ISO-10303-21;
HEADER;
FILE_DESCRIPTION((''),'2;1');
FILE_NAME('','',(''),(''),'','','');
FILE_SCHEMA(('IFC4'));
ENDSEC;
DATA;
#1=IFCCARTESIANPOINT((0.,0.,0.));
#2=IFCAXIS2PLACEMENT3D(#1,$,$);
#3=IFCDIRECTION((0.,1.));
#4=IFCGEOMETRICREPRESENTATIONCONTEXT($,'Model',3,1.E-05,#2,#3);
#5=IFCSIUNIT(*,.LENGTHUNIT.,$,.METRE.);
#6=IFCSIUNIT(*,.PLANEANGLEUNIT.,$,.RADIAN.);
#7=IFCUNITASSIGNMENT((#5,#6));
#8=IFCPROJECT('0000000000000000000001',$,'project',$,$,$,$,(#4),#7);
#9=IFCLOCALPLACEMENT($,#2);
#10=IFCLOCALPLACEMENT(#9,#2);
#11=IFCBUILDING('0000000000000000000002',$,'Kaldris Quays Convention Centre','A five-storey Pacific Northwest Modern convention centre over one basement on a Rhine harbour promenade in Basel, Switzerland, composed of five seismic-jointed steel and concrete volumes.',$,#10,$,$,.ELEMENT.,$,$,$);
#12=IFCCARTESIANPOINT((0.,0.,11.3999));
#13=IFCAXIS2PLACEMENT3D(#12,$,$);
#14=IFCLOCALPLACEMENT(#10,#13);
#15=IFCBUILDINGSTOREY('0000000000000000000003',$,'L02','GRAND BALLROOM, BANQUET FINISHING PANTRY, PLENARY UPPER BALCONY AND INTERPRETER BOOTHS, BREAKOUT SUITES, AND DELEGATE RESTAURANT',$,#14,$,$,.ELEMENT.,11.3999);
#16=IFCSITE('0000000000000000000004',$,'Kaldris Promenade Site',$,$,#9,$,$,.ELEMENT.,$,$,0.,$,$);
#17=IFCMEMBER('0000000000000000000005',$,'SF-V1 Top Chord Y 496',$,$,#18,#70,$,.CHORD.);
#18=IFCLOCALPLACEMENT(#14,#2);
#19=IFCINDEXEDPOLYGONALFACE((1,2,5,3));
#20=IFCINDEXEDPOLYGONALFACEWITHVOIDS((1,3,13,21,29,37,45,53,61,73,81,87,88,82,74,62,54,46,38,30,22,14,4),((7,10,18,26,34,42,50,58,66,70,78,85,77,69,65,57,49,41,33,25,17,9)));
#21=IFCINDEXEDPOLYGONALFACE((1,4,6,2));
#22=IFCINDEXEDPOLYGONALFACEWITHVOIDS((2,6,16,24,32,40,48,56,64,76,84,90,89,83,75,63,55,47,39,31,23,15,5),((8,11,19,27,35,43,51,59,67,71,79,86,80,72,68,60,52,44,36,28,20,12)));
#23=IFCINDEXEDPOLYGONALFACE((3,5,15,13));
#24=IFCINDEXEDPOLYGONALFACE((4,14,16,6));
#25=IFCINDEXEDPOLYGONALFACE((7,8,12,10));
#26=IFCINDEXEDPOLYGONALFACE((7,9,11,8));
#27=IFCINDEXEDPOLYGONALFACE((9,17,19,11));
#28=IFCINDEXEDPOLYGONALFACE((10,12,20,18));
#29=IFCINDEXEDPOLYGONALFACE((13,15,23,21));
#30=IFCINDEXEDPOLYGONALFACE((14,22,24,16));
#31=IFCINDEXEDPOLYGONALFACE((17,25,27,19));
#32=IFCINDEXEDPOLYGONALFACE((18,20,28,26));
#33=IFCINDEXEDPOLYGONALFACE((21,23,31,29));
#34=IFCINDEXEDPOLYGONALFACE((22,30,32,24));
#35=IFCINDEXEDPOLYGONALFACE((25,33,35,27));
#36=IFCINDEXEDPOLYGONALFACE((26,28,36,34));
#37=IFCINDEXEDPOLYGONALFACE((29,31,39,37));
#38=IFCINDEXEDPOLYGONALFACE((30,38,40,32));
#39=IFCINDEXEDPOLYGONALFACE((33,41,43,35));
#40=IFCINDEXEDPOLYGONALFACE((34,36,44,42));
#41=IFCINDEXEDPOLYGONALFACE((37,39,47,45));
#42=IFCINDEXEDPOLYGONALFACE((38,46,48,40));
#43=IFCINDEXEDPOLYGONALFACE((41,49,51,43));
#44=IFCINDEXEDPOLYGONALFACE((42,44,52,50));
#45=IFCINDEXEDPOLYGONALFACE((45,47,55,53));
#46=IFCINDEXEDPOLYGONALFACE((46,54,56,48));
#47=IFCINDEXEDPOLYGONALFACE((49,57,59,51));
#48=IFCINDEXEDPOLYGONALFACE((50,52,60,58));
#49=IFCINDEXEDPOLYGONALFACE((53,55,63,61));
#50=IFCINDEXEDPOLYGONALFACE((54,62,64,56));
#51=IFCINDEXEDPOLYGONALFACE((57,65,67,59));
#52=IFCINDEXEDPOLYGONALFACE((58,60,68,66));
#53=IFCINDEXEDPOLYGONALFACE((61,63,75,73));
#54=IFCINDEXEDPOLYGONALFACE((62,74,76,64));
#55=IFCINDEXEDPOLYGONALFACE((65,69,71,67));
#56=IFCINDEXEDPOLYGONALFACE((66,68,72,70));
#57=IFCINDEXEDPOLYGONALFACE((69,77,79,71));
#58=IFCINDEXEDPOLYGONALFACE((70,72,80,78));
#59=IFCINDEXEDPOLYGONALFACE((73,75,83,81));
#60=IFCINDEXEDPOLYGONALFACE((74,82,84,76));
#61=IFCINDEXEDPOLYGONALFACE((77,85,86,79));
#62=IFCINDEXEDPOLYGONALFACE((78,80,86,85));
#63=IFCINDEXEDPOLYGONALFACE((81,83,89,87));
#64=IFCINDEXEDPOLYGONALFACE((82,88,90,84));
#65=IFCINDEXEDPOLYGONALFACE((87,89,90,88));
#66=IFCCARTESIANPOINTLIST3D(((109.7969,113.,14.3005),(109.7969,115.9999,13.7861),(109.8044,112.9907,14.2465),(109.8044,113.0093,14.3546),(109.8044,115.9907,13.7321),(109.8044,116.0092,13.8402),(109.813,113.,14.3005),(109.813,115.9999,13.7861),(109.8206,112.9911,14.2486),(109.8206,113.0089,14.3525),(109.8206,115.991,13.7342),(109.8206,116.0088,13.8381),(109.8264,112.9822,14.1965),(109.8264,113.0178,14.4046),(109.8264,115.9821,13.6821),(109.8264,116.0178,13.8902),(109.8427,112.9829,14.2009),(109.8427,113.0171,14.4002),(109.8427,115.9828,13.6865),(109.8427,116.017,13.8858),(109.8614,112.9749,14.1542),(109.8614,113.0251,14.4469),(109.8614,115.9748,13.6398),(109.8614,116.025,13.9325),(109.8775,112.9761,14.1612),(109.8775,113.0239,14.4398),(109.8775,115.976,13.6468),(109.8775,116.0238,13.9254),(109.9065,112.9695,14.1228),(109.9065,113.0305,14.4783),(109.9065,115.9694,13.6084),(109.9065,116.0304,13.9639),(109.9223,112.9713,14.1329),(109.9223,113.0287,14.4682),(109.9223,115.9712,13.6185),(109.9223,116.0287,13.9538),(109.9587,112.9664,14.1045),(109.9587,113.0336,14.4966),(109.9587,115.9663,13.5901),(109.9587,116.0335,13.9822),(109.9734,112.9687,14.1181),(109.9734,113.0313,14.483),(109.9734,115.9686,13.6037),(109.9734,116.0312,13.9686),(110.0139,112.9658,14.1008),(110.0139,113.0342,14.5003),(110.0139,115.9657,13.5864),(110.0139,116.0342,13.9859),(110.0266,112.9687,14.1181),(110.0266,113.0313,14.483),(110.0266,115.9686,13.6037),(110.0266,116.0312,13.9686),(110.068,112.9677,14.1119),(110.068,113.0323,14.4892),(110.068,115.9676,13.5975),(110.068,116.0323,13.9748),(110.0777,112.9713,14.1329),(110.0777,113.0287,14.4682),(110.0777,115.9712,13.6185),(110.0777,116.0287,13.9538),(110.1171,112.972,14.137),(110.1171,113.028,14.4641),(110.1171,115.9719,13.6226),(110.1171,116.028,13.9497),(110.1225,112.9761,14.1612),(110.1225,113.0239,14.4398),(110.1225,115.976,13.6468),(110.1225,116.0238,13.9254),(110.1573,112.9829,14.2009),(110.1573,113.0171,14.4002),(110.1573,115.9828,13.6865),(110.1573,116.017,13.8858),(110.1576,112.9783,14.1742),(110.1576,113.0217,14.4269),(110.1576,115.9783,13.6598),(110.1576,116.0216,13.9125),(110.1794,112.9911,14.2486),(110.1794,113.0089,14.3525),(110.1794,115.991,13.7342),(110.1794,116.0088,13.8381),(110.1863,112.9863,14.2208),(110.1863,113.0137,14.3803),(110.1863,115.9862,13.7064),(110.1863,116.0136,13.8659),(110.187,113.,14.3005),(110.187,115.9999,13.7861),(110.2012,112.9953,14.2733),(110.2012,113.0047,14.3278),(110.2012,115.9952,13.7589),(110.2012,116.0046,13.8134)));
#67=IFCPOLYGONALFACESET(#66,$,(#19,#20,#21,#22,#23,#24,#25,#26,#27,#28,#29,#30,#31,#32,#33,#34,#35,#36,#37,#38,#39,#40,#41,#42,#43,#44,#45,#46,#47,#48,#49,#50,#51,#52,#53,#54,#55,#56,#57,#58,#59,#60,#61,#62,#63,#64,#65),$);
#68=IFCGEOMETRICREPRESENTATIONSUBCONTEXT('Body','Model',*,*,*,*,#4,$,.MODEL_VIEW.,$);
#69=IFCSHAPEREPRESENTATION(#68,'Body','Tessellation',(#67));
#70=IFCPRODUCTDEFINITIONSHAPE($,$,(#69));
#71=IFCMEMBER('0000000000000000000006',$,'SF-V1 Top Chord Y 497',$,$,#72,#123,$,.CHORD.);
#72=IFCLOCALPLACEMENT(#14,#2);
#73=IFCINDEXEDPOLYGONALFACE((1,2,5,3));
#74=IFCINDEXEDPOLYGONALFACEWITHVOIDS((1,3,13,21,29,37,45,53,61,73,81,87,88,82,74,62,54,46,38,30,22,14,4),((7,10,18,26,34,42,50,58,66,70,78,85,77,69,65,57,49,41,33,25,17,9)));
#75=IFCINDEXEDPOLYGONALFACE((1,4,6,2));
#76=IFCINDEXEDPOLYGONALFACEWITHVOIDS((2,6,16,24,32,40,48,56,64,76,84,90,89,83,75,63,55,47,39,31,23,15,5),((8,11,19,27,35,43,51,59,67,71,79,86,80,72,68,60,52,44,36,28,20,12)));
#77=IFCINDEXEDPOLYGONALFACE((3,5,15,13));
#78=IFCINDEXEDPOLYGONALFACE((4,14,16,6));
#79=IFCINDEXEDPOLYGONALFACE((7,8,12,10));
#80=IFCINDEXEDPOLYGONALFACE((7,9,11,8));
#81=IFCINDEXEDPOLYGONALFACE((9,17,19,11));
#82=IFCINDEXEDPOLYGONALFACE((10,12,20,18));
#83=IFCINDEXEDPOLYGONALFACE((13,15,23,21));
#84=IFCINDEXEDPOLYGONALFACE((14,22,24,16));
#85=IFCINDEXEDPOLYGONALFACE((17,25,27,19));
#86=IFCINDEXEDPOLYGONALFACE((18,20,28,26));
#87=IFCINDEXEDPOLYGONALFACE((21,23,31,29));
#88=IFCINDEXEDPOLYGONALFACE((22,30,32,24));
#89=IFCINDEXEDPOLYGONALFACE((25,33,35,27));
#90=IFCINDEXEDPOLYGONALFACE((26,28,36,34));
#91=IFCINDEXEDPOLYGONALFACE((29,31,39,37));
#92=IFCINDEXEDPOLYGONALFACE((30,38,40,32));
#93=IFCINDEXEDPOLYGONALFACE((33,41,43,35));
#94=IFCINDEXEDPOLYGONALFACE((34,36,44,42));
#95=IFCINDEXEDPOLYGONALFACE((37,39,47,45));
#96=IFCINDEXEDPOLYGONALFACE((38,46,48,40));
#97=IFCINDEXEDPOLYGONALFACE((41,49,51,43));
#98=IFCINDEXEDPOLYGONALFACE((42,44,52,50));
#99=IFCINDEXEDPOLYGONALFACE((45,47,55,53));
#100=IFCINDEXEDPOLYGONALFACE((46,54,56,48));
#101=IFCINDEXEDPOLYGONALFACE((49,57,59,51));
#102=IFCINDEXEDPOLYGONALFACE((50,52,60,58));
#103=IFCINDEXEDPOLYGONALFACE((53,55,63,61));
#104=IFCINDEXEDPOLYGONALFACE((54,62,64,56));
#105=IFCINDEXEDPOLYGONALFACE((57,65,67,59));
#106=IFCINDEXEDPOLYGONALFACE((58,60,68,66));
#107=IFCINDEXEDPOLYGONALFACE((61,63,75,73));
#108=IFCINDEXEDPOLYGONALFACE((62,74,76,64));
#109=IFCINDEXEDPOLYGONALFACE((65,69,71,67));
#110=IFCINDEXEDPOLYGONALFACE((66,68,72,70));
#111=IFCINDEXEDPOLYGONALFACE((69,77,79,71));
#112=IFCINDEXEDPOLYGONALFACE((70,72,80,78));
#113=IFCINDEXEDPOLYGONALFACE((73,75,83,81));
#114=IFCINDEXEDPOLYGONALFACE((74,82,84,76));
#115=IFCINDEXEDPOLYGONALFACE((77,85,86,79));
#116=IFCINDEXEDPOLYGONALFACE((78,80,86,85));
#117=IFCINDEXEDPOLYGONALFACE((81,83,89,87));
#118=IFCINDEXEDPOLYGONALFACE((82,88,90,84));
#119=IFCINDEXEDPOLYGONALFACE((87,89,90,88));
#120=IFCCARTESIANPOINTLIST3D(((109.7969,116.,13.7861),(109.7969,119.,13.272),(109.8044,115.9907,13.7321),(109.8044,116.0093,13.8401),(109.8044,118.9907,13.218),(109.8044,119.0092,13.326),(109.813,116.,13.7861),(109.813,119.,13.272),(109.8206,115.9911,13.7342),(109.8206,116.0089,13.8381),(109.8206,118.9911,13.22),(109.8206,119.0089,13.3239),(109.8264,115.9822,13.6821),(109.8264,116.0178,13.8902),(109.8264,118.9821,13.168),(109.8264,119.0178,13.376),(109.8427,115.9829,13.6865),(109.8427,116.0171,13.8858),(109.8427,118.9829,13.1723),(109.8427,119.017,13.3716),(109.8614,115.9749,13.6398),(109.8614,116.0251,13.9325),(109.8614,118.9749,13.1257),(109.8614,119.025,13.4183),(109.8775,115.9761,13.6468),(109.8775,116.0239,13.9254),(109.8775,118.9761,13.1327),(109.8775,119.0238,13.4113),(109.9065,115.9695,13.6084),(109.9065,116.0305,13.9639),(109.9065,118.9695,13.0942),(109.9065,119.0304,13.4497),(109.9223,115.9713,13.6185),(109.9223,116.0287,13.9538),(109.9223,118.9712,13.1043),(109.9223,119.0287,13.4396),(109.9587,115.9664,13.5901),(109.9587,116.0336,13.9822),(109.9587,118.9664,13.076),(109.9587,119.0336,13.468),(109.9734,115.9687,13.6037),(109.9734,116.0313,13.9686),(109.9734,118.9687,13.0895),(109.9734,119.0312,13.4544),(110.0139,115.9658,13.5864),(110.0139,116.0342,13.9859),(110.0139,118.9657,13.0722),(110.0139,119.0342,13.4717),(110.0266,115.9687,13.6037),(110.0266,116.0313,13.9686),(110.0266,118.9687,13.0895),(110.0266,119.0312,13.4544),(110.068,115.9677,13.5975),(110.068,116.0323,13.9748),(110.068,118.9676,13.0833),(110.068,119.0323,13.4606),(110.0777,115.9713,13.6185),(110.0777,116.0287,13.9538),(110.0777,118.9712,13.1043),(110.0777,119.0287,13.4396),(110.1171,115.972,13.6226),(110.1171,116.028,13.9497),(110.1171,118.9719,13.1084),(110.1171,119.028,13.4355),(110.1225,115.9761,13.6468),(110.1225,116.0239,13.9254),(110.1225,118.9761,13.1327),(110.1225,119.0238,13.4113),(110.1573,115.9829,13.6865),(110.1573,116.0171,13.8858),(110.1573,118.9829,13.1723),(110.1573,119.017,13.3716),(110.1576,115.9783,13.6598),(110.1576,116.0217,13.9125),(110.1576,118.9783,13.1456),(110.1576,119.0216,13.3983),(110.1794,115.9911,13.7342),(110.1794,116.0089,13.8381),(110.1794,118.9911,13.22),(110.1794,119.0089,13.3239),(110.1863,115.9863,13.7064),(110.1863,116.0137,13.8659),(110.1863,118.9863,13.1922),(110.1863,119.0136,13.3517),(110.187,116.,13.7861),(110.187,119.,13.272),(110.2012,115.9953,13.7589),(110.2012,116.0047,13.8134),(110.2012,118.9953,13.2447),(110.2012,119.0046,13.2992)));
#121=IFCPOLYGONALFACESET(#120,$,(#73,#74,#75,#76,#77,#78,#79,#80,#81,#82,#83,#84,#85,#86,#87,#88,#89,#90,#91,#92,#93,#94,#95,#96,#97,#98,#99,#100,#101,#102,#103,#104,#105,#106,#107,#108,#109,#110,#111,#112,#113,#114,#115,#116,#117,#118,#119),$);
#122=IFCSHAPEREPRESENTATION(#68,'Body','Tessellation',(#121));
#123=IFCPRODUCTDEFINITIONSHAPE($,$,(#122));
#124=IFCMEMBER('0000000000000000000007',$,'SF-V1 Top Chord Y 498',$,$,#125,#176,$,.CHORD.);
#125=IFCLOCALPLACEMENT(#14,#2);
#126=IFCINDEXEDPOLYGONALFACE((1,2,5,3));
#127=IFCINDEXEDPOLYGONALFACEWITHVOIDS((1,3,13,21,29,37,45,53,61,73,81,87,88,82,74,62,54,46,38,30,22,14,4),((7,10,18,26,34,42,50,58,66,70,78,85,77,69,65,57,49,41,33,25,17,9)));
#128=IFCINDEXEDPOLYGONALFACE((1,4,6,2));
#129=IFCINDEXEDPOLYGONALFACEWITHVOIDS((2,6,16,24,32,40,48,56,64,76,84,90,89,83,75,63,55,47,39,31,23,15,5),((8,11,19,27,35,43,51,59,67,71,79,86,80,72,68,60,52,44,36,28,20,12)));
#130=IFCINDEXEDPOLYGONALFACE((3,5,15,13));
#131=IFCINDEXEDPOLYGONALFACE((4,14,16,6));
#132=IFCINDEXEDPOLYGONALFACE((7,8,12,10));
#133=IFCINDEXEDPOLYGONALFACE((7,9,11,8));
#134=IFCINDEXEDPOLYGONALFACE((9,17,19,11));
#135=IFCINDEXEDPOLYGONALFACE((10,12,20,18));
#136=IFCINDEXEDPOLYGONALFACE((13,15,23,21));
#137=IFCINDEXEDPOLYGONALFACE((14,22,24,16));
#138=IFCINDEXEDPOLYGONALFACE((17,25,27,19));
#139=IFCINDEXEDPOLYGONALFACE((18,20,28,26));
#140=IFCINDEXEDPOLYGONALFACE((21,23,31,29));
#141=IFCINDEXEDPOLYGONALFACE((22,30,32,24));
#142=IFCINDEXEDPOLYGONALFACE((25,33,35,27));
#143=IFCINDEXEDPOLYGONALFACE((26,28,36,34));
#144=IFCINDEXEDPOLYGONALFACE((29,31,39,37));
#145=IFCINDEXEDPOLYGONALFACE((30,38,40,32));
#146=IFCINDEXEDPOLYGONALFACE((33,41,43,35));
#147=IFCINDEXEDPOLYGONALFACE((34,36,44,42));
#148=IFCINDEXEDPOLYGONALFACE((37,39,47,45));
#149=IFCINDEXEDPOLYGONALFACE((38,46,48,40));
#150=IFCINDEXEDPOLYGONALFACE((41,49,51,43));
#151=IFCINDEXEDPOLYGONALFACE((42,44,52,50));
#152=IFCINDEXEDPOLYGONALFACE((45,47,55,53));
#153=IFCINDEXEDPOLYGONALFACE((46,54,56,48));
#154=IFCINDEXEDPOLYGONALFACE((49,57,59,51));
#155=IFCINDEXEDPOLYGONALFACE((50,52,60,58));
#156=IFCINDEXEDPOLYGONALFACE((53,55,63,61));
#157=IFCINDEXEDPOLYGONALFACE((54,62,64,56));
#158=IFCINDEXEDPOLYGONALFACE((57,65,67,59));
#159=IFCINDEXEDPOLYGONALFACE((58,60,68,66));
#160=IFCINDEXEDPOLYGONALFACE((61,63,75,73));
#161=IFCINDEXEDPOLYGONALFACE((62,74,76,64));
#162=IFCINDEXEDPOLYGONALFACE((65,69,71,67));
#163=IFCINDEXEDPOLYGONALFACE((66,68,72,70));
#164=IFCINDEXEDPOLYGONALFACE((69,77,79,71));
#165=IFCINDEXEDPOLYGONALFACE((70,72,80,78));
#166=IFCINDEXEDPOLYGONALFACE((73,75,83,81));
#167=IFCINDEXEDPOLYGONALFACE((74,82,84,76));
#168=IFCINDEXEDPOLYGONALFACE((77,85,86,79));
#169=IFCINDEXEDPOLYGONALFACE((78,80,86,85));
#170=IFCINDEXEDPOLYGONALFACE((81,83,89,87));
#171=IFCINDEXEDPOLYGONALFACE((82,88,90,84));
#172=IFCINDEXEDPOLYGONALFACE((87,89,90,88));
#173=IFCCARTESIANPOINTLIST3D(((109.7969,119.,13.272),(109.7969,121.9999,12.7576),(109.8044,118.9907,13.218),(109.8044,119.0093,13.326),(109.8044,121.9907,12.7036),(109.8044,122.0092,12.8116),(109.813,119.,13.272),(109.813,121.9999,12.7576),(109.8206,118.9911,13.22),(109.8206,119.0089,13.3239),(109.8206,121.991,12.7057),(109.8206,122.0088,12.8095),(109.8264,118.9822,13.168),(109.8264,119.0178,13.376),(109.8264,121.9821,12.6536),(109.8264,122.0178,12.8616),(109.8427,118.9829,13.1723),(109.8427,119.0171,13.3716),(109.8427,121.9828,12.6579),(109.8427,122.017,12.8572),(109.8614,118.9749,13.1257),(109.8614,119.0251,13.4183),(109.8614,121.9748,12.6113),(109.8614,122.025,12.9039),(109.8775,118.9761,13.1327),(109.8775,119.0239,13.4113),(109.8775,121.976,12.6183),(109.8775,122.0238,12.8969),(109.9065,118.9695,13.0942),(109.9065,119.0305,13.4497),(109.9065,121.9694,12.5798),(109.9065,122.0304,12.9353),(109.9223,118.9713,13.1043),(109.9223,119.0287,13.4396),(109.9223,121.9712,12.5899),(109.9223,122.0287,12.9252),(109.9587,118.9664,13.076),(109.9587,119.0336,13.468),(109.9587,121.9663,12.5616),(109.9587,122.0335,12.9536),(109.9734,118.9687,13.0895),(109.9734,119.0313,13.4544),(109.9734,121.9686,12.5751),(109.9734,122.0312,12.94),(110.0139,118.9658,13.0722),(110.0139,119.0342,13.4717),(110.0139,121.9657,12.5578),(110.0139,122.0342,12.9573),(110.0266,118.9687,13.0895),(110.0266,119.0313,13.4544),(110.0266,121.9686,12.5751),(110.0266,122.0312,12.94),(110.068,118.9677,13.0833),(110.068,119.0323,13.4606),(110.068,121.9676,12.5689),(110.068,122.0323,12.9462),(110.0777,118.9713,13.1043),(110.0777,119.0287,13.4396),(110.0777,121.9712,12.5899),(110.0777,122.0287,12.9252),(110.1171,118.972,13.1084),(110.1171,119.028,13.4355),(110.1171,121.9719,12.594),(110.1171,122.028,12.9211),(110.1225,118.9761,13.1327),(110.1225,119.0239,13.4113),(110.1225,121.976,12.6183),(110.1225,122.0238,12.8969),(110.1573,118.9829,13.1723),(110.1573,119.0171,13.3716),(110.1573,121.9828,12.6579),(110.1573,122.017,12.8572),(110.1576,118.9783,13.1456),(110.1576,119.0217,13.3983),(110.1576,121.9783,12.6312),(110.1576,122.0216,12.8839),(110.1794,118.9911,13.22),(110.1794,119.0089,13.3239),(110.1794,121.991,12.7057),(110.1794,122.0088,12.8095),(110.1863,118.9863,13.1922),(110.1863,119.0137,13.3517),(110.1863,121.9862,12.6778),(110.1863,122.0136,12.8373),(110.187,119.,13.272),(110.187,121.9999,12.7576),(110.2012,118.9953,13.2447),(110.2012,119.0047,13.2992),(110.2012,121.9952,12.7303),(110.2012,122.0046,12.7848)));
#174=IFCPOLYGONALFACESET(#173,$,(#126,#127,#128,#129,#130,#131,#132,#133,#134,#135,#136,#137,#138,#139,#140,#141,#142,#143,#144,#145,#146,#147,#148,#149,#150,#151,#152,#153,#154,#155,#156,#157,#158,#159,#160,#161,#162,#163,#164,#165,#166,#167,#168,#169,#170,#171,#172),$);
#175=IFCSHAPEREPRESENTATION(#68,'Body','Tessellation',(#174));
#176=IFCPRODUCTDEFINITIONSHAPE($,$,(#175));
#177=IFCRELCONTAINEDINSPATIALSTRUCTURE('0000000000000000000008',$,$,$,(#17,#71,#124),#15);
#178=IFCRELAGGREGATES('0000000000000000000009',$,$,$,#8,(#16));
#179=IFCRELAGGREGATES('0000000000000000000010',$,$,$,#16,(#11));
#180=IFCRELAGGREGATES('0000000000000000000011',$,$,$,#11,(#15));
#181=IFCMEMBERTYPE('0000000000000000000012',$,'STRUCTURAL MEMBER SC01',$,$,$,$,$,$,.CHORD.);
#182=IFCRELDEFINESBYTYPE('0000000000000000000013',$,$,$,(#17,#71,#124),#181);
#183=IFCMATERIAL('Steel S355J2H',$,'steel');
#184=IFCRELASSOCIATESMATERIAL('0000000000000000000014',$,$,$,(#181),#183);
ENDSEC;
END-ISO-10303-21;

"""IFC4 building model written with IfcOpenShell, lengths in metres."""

from ifc_helpers import new_model, si_unit, direction, frame, origin, origin_2d, place, context, subcontext, project, spatial, hollow_circle, extrude, material, material_profile, profile_set, type_object, element, save


model = new_model("IFC4")

# Units and contexts
model_context = context("Model", 3, precision=1e-05, world=origin(), true_north=direction((0.0, 1.0)))
body_context = subcontext(model_context, "Body", "Model", "MODEL_VIEW")
ifc_project = project(units=[si_unit("LENGTHUNIT", "METRE"), si_unit("PLANEANGLEUNIT", "RADIAN")], contexts=[model_context])

# Site, building, storey
site_placement = place(None, origin())
site = spatial("IfcSite", under=ifc_project, at=site_placement, Name="Kaldris Promenade Site", CompositionType="ELEMENT", RefElevation=0.0)
building_placement = place(site_placement, origin())
building = spatial("IfcBuilding", under=site, at=building_placement, Name="Kaldris Quays Convention Centre", Description="A five-storey Pacific Northwest Modern convention centre over one basement on a Rhine harbour promenade in Basel, Switzerland, composed of five seismic-jointed steel and concrete volumes.", CompositionType="ELEMENT")
storey_placement = place(building_placement, frame((0.0, 0.0, 11.3999)))
storey = spatial("IfcBuildingStorey", under=building, at=storey_placement, Name="L02", Description="GRAND BALLROOM, BANQUET FINISHING PANTRY, PLENARY UPPER BALCONY AND INTERPRETER BOOTHS, BREAKOUT SUITES, AND DELEGATE RESTAURANT", CompositionType="ELEMENT", Elevation=11.3999)

# Members
ifc_material_1 = material(Name="Steel S355J2H", Category="steel")
ifc_material_profile_1 = material_profile(ifc_material_1, hollow_circle(Radius=0.2031, WallThickness=0.0161, at=origin_2d()), Name="CHS 406.4x16")
ifc_profile_set_1 = profile_set([ifc_material_profile_1], Name="Steel S355J2H")
member_type_1 = type_object("IfcMemberType", Name="STRUCTURAL MEMBER SC01", PredefinedType="CHORD", material=ifc_profile_set_1)
for number, where, z_axis, x_axis, name in (
    (1, (110.0, 113.0, 14.3005), (0.0, 0.985616, -0.169002), (-1.0, 0.0, 0.0), "SF-V1 Top Chord Y 496"),
    (2, (110.0, 116.0, 13.7861), (0.0, 0.985629, -0.168924), (-1.0, 0.0, 0.0), "SF-V1 Top Chord Y 497"),
    (3, (110.0, 119.0, 13.272), (0.0, 0.985616, -0.169002), (-1.0, 0.0, 0.0), "SF-V1 Top Chord Y 498"),
):
    element("IfcMember", number, at=place(storey_placement, frame(where, z_axis=z_axis, x_axis=x_axis)), inside=storey, type_object=member_type_1, Name=name, PredefinedType="CHORD", context=body_context, shape_type="SweptSolid", body=[
        extrude(hollow_circle(Radius=0.2031, WallThickness=0.0161, at=origin_2d()), origin(), (0.0, 0.0, 1.0), 3.0437),
    ])

save(model, "model.ifc")
